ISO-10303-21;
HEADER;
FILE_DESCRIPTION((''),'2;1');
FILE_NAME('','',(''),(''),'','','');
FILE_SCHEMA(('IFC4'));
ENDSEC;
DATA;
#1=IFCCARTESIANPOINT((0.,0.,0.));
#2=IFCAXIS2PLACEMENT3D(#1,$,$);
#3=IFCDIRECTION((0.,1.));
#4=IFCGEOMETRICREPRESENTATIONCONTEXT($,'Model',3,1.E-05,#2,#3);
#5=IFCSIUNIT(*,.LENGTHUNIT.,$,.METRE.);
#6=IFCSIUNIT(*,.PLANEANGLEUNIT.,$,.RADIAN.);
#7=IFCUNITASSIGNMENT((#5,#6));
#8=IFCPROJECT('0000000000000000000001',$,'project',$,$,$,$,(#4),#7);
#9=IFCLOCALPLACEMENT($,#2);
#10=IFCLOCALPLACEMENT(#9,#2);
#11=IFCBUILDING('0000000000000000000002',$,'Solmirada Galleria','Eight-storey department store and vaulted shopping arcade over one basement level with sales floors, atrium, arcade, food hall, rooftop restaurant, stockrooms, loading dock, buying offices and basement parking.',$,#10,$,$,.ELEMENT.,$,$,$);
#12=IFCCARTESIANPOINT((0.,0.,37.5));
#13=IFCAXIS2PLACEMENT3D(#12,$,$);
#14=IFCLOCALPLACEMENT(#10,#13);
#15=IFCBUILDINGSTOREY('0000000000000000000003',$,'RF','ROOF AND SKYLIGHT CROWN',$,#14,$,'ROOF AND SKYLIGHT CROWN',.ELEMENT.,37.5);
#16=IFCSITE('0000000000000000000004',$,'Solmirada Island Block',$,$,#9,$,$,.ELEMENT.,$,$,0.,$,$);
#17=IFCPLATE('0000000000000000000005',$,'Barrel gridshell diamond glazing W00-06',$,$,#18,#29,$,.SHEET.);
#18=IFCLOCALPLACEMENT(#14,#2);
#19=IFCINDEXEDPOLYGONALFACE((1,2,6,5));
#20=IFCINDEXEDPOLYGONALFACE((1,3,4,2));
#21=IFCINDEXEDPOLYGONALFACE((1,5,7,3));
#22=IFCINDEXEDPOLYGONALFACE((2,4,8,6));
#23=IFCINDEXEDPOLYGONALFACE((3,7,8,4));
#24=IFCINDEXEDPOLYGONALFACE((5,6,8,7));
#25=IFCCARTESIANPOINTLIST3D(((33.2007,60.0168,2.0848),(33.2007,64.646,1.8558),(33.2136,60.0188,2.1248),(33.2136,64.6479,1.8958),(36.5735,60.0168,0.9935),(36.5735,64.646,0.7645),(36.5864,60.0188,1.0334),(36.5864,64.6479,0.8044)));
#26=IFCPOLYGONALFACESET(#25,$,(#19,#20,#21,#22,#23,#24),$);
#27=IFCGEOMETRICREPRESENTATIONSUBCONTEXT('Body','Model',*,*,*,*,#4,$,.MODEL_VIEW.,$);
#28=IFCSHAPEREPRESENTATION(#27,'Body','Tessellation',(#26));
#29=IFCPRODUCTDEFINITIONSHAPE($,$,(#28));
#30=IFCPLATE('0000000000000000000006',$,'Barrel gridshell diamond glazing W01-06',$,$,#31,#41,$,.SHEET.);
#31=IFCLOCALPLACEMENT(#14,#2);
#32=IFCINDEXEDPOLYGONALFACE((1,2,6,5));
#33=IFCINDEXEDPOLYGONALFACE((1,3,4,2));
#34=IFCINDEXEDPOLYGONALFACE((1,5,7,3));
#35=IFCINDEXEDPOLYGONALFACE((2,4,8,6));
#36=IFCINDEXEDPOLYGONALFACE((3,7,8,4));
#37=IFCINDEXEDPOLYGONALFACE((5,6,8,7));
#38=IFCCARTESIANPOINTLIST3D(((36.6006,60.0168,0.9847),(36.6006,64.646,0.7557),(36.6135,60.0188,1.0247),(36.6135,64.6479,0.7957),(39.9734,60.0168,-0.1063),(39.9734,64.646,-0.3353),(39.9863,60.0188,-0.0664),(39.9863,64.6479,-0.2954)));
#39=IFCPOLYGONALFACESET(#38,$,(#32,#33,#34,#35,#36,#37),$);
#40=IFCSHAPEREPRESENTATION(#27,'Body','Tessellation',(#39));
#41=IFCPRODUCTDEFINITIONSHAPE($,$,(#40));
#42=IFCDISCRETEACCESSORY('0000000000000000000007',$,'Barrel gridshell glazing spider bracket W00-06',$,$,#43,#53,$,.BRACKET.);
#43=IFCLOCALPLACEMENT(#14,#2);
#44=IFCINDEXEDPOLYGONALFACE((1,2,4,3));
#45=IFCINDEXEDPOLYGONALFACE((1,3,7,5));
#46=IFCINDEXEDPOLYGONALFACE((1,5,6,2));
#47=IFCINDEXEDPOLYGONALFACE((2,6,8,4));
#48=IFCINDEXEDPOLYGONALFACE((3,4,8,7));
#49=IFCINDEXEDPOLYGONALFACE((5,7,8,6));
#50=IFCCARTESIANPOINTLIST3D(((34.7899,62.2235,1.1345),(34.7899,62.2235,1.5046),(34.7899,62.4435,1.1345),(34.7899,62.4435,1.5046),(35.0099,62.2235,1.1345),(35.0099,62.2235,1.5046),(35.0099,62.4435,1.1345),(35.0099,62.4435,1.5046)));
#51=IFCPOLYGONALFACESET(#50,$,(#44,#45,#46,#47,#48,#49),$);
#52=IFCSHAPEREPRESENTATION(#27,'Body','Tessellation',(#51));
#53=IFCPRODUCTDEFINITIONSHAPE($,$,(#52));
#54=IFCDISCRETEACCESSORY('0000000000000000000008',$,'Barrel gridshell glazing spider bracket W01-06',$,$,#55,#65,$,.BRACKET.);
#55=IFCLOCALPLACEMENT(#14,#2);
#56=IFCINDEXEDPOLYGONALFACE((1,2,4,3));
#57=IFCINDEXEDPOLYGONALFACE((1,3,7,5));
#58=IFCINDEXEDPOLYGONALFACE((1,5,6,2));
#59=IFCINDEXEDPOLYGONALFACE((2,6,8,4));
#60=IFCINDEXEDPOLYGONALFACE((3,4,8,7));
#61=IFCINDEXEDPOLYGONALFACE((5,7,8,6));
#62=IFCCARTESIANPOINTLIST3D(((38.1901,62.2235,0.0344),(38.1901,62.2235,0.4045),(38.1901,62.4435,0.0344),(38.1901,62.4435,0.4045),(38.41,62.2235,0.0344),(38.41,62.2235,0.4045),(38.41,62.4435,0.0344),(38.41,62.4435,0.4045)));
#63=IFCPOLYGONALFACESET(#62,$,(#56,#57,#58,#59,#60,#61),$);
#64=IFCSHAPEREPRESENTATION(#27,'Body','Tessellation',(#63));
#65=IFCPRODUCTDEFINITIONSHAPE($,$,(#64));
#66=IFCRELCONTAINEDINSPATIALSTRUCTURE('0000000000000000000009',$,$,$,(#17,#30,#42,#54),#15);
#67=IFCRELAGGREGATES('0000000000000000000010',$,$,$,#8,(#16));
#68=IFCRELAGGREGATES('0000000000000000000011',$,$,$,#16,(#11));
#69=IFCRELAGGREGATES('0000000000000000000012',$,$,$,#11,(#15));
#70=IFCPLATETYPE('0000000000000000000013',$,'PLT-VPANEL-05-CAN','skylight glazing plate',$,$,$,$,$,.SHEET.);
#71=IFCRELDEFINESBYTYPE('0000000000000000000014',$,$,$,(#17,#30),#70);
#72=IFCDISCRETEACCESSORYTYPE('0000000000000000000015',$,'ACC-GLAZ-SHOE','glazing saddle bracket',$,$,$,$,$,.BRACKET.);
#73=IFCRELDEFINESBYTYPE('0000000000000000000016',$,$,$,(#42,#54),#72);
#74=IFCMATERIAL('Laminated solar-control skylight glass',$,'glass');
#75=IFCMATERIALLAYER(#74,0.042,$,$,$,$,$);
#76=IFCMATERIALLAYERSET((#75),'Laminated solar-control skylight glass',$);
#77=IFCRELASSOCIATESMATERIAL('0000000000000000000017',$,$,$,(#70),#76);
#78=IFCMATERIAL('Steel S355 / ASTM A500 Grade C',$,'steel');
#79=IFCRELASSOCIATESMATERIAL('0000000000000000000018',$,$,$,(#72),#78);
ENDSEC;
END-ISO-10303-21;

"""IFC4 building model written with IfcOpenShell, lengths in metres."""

from ifc_helpers import new_model, si_unit, direction, frame, origin, origin_2d, place, context, subcontext, project, spatial, polyline, rectangle, outline, extrude, material, layer, layer_set, type_object, element, save


model = new_model("IFC4")

# Units and contexts
model_context = context("Model", 3, precision=1e-05, world=origin(), true_north=direction((0.0, 1.0)))
body_context = subcontext(model_context, "Body", "Model", "MODEL_VIEW")
ifc_project = project(units=[si_unit("LENGTHUNIT", "METRE"), si_unit("PLANEANGLEUNIT", "RADIAN")], contexts=[model_context])

# Site, building, storey
site_placement = place(None, origin())
site = spatial("IfcSite", under=ifc_project, at=site_placement, Name="Solmirada Island Block", CompositionType="ELEMENT", RefElevation=0.0)
building_placement = place(site_placement, origin())
building = spatial("IfcBuilding", under=site, at=building_placement, Name="Solmirada Galleria", Description="Eight-storey department store and vaulted shopping arcade over one basement level with sales floors, atrium, arcade, food hall, rooftop restaurant, stockrooms, loading dock, buying offices and basement parking.", CompositionType="ELEMENT")
storey_placement = place(building_placement, frame((0.0, 0.0, 37.5)))
storey = spatial("IfcBuildingStorey", under=building, at=storey_placement, Name="RF", Description="ROOF AND SKYLIGHT CROWN", LongName="ROOF AND SKYLIGHT CROWN", CompositionType="ELEMENT", Elevation=37.5)

# Shared definitions
ifc_material_1 = material(Name="Steel S355 / ASTM A500 Grade C", Category="steel")

# Plates
ifc_material_2 = material(Name="Laminated solar-control skylight glass", Category="glass")
ifc_layer_1 = layer(ifc_material_2, 0.042)
ifc_layer_set_1 = layer_set([ifc_layer_1], Name="Laminated solar-control skylight glass")
plate_type_1 = type_object("IfcPlateType", Name="PLT-VPANEL-05-CAN", Description="skylight glazing plate", PredefinedType="SHEET", material=ifc_layer_set_1)
plate_1_placement = place(storey_placement, frame((33.2136, 60.0188, 2.1248), z_axis=(0.307507, 0.047015, 0.950383), x_axis=(0.951436, 0.0, -0.307848)))
element("IfcPlate", 1, at=plate_1_placement, inside=storey, type_object=plate_type_1, Name="Barrel gridshell diamond glazing W00-06", PredefinedType="SHEET", context=body_context, shape_type="SweptSolid", body=[
    extrude(outline(polyline([(0.0, 0.0), (3.545, 0.0), (3.6155, 4.6343), (0.0705, 4.6343), (0.0, 0.0)])), origin(), (0.0, 0.0, -1.0), 0.042),
])
plate_2_placement = place(storey_placement, frame((36.6135, 60.0188, 1.0247), z_axis=(0.307445, 0.047016, 0.950404), x_axis=(0.951456, 0.0, -0.307785)))
element("IfcPlate", 2, at=plate_2_placement, inside=storey, type_object=plate_type_1, Name="Barrel gridshell diamond glazing W01-06", PredefinedType="SHEET", context=body_context, shape_type="SweptSolid", body=[
    extrude(outline(polyline([(0.0, 0.0), (3.5449, 0.0), (3.6154, 4.6343), (0.0705, 4.6343), (0.0, 0.0)])), origin(), (0.0, 0.0, -1.0), 0.042),
])

# Discrete accessories
discrete_accessory_type = type_object("IfcDiscreteAccessoryType", Name="ACC-GLAZ-SHOE", Description="glazing saddle bracket", PredefinedType="BRACKET", material=ifc_material_1)
for number, where, z_axis, x_axis, name in (
    (3, (34.8999, 62.3335, 1.1345), (0.0, 0.0, 1.0), (1.0, 0.0, 0.0), "Barrel gridshell glazing spider bracket W00-06"),
    (4, (38.3, 62.3335, 0.0344), (0.0, 0.0, 1.0), (1.0, 0.0, 0.0), "Barrel gridshell glazing spider bracket W01-06"),
):
    element("IfcDiscreteAccessory", number, at=place(storey_placement, frame(where, z_axis=z_axis, x_axis=x_axis)), inside=storey, type_object=discrete_accessory_type, Name=name, PredefinedType="BRACKET", context=body_context, shape_type="SweptSolid", body=[
        extrude(rectangle(XDim=0.22, YDim=0.22, at=origin_2d()), origin(), (0.0, 0.0, 1.0), 0.3701),
    ])

save(model, "model.ifc")
